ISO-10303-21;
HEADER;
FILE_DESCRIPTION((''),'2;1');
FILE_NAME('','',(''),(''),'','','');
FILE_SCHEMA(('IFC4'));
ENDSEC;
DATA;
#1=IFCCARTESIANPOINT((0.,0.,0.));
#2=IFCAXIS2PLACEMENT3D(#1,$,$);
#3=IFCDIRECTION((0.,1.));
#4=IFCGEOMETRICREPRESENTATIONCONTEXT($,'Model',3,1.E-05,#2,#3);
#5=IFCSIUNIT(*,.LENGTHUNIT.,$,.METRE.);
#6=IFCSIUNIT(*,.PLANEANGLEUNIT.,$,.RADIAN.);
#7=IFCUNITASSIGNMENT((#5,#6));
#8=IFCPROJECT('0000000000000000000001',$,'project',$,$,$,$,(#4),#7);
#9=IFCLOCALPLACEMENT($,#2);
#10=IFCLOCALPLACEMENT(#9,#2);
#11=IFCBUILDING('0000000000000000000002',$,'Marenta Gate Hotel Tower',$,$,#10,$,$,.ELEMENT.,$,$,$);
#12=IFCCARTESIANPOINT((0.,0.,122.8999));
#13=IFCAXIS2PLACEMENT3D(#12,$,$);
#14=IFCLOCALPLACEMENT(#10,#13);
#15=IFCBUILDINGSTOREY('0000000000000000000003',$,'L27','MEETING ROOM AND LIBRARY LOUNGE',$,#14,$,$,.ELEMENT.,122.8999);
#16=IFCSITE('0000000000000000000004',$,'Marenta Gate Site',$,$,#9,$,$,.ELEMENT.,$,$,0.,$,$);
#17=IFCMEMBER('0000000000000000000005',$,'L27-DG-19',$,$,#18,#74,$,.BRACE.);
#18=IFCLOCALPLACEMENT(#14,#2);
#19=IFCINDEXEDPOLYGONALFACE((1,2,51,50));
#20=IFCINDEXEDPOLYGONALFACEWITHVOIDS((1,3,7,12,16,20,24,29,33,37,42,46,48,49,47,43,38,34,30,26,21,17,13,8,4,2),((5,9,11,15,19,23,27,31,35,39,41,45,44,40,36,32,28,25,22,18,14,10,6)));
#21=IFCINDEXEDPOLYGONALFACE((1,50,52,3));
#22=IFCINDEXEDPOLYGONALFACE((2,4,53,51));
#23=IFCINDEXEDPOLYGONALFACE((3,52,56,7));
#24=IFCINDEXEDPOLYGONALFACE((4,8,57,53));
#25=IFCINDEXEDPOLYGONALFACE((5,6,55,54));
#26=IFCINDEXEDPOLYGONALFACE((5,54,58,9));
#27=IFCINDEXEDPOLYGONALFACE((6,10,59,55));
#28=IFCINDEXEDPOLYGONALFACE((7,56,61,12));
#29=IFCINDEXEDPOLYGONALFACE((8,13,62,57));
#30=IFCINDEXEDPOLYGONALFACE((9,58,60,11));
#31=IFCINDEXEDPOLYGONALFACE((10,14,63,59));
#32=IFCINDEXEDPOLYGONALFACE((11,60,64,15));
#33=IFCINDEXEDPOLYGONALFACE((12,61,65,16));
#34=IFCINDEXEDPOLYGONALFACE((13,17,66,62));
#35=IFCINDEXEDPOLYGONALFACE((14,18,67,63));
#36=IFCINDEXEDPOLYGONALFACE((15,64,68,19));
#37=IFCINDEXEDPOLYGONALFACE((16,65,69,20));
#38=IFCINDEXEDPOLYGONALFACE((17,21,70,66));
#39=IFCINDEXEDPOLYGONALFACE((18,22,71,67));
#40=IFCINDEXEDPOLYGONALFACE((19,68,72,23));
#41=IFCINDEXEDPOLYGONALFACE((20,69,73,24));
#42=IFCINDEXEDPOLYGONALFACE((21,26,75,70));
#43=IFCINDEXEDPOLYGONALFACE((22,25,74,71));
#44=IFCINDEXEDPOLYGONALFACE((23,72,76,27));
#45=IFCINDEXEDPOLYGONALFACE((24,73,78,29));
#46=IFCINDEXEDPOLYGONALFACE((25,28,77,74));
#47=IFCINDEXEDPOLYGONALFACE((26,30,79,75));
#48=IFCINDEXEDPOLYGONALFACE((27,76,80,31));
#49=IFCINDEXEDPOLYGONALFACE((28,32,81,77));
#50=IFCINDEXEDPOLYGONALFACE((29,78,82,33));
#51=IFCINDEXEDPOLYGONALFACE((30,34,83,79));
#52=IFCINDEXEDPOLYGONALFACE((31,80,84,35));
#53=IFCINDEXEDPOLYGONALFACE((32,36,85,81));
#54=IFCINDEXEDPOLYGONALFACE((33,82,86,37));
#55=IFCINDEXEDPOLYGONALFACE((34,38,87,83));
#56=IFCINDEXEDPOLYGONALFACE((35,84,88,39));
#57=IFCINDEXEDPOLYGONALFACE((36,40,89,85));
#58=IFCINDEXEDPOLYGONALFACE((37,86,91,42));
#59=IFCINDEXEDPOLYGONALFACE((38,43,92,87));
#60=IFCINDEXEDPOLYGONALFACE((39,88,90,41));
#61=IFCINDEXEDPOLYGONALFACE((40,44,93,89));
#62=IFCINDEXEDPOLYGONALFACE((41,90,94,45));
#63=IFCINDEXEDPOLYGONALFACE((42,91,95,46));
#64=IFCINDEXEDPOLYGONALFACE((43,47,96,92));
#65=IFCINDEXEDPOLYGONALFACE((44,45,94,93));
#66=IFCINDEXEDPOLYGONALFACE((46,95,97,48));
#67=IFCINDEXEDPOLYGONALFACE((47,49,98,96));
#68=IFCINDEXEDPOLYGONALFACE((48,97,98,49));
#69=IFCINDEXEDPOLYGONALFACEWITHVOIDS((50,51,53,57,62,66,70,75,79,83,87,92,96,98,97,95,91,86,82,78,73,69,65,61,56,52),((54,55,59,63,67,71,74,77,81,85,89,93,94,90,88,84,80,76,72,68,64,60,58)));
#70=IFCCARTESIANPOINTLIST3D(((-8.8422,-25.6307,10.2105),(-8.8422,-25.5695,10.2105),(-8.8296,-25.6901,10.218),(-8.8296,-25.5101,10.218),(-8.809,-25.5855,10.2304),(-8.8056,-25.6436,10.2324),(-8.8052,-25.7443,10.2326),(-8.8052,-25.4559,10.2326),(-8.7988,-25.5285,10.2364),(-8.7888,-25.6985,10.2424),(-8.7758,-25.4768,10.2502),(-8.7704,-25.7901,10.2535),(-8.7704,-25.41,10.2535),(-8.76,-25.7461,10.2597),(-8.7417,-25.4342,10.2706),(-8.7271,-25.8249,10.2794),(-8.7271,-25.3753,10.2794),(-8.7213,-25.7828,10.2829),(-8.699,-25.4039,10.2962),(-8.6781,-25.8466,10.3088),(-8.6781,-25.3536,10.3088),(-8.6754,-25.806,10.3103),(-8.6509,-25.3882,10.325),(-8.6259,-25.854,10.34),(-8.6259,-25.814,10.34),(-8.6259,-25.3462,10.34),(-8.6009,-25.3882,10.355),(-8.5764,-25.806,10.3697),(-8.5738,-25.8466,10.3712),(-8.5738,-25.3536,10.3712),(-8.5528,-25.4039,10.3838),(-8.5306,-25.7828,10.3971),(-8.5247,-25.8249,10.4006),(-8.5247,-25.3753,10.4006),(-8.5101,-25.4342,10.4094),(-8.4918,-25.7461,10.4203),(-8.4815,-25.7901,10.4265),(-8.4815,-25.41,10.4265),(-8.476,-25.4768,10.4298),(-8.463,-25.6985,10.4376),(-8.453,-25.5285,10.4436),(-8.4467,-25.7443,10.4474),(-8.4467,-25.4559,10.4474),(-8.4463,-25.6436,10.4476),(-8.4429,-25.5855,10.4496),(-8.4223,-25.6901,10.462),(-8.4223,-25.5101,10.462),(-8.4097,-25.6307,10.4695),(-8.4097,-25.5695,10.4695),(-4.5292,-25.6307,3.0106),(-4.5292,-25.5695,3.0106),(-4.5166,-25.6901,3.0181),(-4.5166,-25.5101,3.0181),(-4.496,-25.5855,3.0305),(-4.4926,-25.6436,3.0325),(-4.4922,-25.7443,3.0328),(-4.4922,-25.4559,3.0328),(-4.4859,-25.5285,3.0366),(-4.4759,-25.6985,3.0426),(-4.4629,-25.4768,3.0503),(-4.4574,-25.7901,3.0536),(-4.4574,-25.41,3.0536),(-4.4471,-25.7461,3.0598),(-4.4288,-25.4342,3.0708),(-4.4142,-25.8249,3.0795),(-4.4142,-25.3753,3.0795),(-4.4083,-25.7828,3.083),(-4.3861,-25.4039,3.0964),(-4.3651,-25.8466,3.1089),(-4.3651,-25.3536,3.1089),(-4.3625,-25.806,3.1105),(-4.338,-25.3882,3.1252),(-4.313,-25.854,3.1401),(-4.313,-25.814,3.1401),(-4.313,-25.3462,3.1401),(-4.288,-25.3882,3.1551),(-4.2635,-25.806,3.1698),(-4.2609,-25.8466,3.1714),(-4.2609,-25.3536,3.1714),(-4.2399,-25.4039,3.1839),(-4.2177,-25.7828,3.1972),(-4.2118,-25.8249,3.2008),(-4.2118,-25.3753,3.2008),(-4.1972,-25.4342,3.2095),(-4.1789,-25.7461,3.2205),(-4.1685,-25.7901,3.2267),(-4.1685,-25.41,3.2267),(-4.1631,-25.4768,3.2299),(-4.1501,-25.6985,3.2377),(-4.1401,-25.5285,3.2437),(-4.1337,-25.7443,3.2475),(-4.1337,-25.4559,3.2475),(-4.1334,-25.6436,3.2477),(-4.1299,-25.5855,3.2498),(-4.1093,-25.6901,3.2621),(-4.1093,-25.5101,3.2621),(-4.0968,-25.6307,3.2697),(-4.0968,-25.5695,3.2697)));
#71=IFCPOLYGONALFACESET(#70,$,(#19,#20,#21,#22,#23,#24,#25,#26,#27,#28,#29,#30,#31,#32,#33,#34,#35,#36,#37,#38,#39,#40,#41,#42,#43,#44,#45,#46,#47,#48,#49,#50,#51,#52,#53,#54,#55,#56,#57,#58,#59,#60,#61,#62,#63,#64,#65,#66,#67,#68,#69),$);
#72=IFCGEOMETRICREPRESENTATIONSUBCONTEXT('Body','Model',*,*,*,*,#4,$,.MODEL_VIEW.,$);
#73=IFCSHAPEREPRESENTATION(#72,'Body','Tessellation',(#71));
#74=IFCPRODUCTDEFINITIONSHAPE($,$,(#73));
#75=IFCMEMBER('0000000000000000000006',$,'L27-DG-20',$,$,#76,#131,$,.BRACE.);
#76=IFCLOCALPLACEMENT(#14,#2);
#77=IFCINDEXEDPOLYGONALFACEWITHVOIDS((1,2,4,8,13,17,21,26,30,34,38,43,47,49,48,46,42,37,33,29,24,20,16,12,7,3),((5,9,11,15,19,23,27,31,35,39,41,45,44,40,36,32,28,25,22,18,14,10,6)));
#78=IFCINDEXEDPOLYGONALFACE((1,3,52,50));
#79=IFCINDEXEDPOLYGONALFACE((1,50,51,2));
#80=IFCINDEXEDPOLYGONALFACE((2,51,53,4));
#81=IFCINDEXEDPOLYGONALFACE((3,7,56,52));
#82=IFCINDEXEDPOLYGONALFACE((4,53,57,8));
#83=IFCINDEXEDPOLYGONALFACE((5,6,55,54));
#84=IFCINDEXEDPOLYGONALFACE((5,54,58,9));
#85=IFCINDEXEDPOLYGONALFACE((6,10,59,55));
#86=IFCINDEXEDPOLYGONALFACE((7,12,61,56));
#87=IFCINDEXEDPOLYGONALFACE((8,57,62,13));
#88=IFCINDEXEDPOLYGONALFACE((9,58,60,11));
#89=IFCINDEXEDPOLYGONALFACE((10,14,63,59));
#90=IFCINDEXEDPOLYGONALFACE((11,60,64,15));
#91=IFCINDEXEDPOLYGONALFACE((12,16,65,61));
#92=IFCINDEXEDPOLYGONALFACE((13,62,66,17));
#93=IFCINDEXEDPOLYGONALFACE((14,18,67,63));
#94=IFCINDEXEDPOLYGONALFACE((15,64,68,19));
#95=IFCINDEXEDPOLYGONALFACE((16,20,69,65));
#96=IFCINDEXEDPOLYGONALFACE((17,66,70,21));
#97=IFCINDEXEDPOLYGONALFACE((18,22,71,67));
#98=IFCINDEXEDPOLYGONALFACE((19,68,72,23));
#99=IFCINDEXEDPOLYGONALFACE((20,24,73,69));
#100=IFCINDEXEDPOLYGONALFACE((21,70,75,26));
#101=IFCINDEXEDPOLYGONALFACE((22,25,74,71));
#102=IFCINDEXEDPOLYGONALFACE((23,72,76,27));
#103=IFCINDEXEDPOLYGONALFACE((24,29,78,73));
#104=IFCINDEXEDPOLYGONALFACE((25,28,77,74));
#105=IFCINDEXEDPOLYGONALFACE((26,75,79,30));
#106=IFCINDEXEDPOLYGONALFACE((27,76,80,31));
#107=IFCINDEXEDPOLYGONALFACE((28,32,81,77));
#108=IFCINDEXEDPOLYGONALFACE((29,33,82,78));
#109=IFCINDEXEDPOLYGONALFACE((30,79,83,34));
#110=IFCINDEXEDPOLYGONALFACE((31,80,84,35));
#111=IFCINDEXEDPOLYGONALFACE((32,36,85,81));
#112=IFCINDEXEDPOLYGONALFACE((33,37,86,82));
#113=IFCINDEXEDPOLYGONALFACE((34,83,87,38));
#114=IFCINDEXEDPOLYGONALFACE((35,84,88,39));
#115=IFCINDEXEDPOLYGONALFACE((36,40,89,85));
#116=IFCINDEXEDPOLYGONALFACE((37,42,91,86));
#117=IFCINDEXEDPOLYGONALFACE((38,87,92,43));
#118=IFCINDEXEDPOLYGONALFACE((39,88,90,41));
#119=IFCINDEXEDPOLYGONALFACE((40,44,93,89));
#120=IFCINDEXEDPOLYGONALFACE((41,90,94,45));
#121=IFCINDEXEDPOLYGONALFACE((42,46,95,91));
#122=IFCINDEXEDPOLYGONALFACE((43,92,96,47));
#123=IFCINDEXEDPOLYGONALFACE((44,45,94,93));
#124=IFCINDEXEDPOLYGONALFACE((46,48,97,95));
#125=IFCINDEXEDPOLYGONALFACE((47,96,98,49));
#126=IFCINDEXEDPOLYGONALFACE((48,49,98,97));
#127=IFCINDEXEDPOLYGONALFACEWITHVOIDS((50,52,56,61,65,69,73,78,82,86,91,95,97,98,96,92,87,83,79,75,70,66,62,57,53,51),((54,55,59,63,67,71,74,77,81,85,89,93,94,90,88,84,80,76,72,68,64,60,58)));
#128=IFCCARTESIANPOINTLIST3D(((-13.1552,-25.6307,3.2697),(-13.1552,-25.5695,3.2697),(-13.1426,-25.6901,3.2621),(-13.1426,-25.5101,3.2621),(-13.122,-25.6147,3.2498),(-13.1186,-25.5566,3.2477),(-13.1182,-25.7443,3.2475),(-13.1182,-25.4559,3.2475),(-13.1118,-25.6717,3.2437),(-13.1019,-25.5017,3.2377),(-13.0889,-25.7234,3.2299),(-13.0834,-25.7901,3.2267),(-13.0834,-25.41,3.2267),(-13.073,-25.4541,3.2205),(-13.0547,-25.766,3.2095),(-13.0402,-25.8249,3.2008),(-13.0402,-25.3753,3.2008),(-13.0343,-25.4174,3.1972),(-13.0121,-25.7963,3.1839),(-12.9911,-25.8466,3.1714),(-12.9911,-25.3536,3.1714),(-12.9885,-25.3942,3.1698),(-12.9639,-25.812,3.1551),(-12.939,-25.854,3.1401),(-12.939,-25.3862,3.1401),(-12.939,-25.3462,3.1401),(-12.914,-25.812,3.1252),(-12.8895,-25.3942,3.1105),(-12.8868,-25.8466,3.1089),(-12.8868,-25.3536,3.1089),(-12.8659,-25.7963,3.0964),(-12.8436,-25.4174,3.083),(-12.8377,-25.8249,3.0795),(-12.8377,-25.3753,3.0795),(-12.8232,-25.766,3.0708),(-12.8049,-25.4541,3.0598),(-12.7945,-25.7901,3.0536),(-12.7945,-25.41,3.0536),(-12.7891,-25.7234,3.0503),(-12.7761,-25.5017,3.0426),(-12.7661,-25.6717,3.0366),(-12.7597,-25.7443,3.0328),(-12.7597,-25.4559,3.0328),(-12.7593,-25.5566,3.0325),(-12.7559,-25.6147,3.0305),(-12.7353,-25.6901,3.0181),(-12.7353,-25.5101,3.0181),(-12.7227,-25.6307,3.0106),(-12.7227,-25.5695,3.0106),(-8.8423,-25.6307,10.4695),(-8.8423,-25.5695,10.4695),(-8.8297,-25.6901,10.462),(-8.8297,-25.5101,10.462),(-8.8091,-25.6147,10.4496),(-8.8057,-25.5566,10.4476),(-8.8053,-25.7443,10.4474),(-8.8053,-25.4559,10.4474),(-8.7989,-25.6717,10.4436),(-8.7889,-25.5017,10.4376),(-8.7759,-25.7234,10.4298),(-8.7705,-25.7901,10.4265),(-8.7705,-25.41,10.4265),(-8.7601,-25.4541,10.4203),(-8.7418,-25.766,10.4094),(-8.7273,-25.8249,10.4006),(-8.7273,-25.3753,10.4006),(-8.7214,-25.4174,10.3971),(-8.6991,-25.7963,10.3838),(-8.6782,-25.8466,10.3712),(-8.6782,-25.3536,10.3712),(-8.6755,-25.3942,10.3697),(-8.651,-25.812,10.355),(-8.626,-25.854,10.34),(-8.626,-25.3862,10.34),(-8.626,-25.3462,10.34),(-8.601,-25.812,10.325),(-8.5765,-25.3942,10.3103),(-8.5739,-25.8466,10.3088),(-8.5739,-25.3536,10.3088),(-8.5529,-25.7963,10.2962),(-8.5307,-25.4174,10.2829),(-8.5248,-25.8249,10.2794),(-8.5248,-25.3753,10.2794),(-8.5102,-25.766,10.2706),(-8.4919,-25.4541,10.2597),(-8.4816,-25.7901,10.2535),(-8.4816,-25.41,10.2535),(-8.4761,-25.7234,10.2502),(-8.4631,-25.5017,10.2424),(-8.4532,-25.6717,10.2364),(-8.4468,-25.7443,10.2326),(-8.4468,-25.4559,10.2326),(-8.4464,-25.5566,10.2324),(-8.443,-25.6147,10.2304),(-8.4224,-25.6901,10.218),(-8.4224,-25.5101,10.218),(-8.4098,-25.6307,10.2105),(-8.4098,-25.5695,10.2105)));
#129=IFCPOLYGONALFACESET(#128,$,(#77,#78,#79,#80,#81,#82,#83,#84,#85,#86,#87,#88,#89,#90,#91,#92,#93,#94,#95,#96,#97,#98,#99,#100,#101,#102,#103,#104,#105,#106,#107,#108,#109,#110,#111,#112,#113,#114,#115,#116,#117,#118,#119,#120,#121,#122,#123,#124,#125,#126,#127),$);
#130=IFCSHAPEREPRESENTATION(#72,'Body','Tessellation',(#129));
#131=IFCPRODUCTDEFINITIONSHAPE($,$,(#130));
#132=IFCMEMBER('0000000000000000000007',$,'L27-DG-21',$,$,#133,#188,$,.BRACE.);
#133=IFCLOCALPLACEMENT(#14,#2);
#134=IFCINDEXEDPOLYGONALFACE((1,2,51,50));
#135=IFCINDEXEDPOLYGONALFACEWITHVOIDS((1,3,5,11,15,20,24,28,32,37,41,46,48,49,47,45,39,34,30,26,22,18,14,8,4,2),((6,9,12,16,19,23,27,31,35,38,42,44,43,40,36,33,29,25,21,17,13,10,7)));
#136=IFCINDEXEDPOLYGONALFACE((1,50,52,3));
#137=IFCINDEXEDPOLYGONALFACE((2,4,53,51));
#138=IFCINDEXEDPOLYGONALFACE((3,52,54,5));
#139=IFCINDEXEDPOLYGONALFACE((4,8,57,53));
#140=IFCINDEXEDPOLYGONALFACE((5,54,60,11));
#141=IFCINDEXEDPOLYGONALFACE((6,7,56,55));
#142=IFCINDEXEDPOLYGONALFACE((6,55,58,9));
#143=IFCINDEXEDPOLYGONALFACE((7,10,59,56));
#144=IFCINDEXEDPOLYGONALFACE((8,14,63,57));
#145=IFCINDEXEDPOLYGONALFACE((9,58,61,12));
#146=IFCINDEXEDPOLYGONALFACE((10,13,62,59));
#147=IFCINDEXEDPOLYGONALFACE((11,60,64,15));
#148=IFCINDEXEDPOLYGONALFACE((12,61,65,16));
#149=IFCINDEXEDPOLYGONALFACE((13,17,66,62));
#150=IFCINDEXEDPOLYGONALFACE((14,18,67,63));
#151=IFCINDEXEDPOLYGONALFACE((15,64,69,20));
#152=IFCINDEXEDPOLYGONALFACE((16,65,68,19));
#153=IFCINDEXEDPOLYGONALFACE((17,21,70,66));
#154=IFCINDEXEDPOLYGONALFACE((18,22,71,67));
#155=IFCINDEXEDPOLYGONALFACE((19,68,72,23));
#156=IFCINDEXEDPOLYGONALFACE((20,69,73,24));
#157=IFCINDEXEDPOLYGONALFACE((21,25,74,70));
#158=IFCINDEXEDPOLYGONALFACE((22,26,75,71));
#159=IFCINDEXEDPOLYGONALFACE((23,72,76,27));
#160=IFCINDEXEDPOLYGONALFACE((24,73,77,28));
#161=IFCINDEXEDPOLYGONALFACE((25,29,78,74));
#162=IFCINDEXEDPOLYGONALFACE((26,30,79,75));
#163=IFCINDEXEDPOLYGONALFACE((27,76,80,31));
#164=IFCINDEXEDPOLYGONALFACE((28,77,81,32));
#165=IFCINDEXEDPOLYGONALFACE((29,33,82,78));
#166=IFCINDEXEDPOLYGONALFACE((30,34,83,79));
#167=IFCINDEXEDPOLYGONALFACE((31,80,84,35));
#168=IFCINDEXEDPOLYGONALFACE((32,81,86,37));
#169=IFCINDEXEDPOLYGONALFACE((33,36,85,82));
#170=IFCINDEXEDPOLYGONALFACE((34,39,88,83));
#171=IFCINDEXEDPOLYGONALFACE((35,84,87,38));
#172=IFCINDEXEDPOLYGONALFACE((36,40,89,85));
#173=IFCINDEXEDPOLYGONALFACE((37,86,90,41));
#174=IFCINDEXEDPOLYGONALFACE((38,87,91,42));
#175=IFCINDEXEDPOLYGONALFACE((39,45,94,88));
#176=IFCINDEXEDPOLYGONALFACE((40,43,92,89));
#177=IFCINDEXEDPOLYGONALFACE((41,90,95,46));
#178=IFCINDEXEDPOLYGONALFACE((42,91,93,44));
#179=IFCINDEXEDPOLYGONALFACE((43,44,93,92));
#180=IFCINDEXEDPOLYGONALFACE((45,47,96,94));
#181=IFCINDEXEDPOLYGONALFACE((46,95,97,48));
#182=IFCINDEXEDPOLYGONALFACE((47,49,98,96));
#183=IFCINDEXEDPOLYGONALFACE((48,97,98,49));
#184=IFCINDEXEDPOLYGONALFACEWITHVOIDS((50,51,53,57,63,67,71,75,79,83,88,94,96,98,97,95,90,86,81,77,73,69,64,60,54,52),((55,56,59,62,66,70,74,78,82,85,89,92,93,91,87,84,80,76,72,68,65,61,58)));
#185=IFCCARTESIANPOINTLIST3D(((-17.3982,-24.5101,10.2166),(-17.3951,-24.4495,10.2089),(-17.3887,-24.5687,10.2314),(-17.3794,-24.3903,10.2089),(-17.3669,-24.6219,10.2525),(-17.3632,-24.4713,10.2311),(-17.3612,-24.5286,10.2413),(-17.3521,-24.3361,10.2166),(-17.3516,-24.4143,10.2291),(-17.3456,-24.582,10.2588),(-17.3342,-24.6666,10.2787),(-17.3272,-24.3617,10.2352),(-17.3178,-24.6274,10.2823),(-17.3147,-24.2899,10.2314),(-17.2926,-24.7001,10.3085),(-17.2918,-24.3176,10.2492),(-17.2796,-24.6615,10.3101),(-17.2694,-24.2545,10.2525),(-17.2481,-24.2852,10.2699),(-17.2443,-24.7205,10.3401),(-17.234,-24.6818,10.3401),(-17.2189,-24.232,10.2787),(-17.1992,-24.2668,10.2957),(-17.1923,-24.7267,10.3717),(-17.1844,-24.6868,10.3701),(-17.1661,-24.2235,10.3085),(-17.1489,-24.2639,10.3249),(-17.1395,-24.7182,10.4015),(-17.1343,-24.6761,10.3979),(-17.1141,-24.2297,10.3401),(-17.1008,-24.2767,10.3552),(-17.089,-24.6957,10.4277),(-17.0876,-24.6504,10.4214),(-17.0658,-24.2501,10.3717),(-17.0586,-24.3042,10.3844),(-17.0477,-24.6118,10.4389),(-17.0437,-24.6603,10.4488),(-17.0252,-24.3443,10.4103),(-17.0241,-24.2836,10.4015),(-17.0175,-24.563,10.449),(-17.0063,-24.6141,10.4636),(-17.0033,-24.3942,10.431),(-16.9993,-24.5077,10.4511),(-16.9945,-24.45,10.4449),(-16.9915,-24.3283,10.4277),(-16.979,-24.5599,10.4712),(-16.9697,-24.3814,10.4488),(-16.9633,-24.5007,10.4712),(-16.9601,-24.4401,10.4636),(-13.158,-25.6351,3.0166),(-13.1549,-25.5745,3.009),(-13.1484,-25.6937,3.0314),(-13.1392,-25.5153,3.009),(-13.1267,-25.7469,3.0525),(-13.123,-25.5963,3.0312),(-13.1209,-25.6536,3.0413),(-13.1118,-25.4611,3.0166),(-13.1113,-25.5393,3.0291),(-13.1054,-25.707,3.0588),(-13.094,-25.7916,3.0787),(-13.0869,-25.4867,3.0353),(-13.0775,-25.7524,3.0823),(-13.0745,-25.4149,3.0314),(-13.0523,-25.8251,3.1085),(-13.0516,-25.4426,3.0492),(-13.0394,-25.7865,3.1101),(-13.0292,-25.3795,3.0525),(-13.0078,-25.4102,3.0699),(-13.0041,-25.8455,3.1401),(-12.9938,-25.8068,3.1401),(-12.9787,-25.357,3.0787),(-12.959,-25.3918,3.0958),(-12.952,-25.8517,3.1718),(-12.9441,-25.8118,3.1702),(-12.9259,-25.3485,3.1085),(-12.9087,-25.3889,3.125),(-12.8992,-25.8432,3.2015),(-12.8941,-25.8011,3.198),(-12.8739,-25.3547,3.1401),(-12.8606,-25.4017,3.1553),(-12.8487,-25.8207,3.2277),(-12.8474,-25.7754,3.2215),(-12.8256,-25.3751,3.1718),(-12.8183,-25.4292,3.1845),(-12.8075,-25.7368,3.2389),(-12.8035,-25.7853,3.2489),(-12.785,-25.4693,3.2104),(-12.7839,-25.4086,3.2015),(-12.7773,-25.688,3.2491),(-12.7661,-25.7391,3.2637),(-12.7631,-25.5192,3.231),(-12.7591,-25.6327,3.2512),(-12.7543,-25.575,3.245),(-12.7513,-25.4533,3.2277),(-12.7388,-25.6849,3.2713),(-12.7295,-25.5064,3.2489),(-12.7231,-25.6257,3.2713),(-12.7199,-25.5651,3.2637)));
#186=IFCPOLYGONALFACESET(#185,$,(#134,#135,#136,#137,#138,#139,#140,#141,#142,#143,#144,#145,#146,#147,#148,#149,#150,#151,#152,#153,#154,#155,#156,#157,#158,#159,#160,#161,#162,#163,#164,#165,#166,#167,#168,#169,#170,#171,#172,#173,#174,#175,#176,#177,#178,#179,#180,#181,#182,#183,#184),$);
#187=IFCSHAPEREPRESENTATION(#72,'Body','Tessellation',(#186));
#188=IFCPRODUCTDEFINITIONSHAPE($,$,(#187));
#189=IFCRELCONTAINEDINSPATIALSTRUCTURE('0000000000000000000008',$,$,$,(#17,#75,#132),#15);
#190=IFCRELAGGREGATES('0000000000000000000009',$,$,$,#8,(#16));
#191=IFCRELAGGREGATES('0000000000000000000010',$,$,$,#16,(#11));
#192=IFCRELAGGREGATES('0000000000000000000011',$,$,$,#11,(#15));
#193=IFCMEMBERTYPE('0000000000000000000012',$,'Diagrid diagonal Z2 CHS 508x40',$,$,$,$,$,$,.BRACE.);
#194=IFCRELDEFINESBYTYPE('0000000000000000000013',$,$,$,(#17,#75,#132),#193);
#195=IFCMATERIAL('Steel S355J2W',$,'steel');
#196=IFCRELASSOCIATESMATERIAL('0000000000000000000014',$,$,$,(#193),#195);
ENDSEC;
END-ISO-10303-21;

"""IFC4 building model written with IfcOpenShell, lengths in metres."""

from ifc_helpers import new_model, si_unit, direction, frame, origin, origin_2d, place, context, subcontext, project, spatial, hollow_circle, extrude, material, material_profile, profile_set, type_object, element, save


model = new_model("IFC4")

# Units and contexts
model_context = context("Model", 3, precision=1e-05, world=origin(), true_north=direction((0.0, 1.0)))
body_context = subcontext(model_context, "Body", "Model", "MODEL_VIEW")
ifc_project = project(units=[si_unit("LENGTHUNIT", "METRE"), si_unit("PLANEANGLEUNIT", "RADIAN")], contexts=[model_context])

# Site, building, storey
site_placement = place(None, origin())
site = spatial("IfcSite", under=ifc_project, at=site_placement, Name="Marenta Gate Site", CompositionType="ELEMENT", RefElevation=0.0)
building_placement = place(site_placement, origin())
building = spatial("IfcBuilding", under=site, at=building_placement, Name="Marenta Gate Hotel Tower", CompositionType="ELEMENT")
storey_placement = place(building_placement, frame((0.0, 0.0, 122.8999)))
storey = spatial("IfcBuildingStorey", under=building, at=storey_placement, Name="L27", Description="MEETING ROOM AND LIBRARY LOUNGE", CompositionType="ELEMENT", Elevation=122.8999)

# Members
ifc_material_1 = material(Name="Steel S355J2W", Category="steel")
ifc_material_profile_1 = material_profile(ifc_material_1, hollow_circle(Radius=0.2539, WallThickness=0.04, at=origin_2d()), Name="CHS 508x40")
ifc_profile_set_1 = profile_set([ifc_material_profile_1], Name="Steel S355J2W")
member_type_1 = type_object("IfcMemberType", Name="Diagrid diagonal Z2 CHS 508x40", PredefinedType="BRACE", material=ifc_profile_set_1)
for number, where, z_axis, x_axis, name in (
    (1, (-4.313, -25.6001, 3.1401), (-0.513884, 0.0, 0.85786), (0.0, -1.0, 0.0), "L27-DG-19"),
    (2, (-12.939, -25.6001, 3.1401), (0.513884, 0.0, 0.85786), (0.0, 1.0, 0.0), "L27-DG-20"),
):
    element("IfcMember", number, at=place(storey_placement, frame(where, z_axis=z_axis, x_axis=x_axis)), inside=storey, type_object=member_type_1, Name=name, PredefinedType="BRACE", context=body_context, shape_type="SweptSolid", body=[
        extrude(hollow_circle(Radius=0.2539, WallThickness=0.04, at=origin_2d()), origin(), (0.0, 0.0, 1.0), 8.3928),
    ])
member_1_placement = place(storey_placement, frame((-12.939, -25.6001, 3.1401), z_axis=(-0.502924, 0.133434, 0.853969), x_axis=(-0.256443, -0.966559, 0.0)))
element("IfcMember", 3, at=member_1_placement, inside=storey, type_object=member_type_1, Name="L27-DG-21", PredefinedType="BRACE", context=body_context, shape_type="SweptSolid", body=[
    extrude(hollow_circle(Radius=0.2539, WallThickness=0.04, at=origin_2d()), origin(), (0.0, 0.0, 1.0), 8.4312),
])

save(model, "model.ifc")
